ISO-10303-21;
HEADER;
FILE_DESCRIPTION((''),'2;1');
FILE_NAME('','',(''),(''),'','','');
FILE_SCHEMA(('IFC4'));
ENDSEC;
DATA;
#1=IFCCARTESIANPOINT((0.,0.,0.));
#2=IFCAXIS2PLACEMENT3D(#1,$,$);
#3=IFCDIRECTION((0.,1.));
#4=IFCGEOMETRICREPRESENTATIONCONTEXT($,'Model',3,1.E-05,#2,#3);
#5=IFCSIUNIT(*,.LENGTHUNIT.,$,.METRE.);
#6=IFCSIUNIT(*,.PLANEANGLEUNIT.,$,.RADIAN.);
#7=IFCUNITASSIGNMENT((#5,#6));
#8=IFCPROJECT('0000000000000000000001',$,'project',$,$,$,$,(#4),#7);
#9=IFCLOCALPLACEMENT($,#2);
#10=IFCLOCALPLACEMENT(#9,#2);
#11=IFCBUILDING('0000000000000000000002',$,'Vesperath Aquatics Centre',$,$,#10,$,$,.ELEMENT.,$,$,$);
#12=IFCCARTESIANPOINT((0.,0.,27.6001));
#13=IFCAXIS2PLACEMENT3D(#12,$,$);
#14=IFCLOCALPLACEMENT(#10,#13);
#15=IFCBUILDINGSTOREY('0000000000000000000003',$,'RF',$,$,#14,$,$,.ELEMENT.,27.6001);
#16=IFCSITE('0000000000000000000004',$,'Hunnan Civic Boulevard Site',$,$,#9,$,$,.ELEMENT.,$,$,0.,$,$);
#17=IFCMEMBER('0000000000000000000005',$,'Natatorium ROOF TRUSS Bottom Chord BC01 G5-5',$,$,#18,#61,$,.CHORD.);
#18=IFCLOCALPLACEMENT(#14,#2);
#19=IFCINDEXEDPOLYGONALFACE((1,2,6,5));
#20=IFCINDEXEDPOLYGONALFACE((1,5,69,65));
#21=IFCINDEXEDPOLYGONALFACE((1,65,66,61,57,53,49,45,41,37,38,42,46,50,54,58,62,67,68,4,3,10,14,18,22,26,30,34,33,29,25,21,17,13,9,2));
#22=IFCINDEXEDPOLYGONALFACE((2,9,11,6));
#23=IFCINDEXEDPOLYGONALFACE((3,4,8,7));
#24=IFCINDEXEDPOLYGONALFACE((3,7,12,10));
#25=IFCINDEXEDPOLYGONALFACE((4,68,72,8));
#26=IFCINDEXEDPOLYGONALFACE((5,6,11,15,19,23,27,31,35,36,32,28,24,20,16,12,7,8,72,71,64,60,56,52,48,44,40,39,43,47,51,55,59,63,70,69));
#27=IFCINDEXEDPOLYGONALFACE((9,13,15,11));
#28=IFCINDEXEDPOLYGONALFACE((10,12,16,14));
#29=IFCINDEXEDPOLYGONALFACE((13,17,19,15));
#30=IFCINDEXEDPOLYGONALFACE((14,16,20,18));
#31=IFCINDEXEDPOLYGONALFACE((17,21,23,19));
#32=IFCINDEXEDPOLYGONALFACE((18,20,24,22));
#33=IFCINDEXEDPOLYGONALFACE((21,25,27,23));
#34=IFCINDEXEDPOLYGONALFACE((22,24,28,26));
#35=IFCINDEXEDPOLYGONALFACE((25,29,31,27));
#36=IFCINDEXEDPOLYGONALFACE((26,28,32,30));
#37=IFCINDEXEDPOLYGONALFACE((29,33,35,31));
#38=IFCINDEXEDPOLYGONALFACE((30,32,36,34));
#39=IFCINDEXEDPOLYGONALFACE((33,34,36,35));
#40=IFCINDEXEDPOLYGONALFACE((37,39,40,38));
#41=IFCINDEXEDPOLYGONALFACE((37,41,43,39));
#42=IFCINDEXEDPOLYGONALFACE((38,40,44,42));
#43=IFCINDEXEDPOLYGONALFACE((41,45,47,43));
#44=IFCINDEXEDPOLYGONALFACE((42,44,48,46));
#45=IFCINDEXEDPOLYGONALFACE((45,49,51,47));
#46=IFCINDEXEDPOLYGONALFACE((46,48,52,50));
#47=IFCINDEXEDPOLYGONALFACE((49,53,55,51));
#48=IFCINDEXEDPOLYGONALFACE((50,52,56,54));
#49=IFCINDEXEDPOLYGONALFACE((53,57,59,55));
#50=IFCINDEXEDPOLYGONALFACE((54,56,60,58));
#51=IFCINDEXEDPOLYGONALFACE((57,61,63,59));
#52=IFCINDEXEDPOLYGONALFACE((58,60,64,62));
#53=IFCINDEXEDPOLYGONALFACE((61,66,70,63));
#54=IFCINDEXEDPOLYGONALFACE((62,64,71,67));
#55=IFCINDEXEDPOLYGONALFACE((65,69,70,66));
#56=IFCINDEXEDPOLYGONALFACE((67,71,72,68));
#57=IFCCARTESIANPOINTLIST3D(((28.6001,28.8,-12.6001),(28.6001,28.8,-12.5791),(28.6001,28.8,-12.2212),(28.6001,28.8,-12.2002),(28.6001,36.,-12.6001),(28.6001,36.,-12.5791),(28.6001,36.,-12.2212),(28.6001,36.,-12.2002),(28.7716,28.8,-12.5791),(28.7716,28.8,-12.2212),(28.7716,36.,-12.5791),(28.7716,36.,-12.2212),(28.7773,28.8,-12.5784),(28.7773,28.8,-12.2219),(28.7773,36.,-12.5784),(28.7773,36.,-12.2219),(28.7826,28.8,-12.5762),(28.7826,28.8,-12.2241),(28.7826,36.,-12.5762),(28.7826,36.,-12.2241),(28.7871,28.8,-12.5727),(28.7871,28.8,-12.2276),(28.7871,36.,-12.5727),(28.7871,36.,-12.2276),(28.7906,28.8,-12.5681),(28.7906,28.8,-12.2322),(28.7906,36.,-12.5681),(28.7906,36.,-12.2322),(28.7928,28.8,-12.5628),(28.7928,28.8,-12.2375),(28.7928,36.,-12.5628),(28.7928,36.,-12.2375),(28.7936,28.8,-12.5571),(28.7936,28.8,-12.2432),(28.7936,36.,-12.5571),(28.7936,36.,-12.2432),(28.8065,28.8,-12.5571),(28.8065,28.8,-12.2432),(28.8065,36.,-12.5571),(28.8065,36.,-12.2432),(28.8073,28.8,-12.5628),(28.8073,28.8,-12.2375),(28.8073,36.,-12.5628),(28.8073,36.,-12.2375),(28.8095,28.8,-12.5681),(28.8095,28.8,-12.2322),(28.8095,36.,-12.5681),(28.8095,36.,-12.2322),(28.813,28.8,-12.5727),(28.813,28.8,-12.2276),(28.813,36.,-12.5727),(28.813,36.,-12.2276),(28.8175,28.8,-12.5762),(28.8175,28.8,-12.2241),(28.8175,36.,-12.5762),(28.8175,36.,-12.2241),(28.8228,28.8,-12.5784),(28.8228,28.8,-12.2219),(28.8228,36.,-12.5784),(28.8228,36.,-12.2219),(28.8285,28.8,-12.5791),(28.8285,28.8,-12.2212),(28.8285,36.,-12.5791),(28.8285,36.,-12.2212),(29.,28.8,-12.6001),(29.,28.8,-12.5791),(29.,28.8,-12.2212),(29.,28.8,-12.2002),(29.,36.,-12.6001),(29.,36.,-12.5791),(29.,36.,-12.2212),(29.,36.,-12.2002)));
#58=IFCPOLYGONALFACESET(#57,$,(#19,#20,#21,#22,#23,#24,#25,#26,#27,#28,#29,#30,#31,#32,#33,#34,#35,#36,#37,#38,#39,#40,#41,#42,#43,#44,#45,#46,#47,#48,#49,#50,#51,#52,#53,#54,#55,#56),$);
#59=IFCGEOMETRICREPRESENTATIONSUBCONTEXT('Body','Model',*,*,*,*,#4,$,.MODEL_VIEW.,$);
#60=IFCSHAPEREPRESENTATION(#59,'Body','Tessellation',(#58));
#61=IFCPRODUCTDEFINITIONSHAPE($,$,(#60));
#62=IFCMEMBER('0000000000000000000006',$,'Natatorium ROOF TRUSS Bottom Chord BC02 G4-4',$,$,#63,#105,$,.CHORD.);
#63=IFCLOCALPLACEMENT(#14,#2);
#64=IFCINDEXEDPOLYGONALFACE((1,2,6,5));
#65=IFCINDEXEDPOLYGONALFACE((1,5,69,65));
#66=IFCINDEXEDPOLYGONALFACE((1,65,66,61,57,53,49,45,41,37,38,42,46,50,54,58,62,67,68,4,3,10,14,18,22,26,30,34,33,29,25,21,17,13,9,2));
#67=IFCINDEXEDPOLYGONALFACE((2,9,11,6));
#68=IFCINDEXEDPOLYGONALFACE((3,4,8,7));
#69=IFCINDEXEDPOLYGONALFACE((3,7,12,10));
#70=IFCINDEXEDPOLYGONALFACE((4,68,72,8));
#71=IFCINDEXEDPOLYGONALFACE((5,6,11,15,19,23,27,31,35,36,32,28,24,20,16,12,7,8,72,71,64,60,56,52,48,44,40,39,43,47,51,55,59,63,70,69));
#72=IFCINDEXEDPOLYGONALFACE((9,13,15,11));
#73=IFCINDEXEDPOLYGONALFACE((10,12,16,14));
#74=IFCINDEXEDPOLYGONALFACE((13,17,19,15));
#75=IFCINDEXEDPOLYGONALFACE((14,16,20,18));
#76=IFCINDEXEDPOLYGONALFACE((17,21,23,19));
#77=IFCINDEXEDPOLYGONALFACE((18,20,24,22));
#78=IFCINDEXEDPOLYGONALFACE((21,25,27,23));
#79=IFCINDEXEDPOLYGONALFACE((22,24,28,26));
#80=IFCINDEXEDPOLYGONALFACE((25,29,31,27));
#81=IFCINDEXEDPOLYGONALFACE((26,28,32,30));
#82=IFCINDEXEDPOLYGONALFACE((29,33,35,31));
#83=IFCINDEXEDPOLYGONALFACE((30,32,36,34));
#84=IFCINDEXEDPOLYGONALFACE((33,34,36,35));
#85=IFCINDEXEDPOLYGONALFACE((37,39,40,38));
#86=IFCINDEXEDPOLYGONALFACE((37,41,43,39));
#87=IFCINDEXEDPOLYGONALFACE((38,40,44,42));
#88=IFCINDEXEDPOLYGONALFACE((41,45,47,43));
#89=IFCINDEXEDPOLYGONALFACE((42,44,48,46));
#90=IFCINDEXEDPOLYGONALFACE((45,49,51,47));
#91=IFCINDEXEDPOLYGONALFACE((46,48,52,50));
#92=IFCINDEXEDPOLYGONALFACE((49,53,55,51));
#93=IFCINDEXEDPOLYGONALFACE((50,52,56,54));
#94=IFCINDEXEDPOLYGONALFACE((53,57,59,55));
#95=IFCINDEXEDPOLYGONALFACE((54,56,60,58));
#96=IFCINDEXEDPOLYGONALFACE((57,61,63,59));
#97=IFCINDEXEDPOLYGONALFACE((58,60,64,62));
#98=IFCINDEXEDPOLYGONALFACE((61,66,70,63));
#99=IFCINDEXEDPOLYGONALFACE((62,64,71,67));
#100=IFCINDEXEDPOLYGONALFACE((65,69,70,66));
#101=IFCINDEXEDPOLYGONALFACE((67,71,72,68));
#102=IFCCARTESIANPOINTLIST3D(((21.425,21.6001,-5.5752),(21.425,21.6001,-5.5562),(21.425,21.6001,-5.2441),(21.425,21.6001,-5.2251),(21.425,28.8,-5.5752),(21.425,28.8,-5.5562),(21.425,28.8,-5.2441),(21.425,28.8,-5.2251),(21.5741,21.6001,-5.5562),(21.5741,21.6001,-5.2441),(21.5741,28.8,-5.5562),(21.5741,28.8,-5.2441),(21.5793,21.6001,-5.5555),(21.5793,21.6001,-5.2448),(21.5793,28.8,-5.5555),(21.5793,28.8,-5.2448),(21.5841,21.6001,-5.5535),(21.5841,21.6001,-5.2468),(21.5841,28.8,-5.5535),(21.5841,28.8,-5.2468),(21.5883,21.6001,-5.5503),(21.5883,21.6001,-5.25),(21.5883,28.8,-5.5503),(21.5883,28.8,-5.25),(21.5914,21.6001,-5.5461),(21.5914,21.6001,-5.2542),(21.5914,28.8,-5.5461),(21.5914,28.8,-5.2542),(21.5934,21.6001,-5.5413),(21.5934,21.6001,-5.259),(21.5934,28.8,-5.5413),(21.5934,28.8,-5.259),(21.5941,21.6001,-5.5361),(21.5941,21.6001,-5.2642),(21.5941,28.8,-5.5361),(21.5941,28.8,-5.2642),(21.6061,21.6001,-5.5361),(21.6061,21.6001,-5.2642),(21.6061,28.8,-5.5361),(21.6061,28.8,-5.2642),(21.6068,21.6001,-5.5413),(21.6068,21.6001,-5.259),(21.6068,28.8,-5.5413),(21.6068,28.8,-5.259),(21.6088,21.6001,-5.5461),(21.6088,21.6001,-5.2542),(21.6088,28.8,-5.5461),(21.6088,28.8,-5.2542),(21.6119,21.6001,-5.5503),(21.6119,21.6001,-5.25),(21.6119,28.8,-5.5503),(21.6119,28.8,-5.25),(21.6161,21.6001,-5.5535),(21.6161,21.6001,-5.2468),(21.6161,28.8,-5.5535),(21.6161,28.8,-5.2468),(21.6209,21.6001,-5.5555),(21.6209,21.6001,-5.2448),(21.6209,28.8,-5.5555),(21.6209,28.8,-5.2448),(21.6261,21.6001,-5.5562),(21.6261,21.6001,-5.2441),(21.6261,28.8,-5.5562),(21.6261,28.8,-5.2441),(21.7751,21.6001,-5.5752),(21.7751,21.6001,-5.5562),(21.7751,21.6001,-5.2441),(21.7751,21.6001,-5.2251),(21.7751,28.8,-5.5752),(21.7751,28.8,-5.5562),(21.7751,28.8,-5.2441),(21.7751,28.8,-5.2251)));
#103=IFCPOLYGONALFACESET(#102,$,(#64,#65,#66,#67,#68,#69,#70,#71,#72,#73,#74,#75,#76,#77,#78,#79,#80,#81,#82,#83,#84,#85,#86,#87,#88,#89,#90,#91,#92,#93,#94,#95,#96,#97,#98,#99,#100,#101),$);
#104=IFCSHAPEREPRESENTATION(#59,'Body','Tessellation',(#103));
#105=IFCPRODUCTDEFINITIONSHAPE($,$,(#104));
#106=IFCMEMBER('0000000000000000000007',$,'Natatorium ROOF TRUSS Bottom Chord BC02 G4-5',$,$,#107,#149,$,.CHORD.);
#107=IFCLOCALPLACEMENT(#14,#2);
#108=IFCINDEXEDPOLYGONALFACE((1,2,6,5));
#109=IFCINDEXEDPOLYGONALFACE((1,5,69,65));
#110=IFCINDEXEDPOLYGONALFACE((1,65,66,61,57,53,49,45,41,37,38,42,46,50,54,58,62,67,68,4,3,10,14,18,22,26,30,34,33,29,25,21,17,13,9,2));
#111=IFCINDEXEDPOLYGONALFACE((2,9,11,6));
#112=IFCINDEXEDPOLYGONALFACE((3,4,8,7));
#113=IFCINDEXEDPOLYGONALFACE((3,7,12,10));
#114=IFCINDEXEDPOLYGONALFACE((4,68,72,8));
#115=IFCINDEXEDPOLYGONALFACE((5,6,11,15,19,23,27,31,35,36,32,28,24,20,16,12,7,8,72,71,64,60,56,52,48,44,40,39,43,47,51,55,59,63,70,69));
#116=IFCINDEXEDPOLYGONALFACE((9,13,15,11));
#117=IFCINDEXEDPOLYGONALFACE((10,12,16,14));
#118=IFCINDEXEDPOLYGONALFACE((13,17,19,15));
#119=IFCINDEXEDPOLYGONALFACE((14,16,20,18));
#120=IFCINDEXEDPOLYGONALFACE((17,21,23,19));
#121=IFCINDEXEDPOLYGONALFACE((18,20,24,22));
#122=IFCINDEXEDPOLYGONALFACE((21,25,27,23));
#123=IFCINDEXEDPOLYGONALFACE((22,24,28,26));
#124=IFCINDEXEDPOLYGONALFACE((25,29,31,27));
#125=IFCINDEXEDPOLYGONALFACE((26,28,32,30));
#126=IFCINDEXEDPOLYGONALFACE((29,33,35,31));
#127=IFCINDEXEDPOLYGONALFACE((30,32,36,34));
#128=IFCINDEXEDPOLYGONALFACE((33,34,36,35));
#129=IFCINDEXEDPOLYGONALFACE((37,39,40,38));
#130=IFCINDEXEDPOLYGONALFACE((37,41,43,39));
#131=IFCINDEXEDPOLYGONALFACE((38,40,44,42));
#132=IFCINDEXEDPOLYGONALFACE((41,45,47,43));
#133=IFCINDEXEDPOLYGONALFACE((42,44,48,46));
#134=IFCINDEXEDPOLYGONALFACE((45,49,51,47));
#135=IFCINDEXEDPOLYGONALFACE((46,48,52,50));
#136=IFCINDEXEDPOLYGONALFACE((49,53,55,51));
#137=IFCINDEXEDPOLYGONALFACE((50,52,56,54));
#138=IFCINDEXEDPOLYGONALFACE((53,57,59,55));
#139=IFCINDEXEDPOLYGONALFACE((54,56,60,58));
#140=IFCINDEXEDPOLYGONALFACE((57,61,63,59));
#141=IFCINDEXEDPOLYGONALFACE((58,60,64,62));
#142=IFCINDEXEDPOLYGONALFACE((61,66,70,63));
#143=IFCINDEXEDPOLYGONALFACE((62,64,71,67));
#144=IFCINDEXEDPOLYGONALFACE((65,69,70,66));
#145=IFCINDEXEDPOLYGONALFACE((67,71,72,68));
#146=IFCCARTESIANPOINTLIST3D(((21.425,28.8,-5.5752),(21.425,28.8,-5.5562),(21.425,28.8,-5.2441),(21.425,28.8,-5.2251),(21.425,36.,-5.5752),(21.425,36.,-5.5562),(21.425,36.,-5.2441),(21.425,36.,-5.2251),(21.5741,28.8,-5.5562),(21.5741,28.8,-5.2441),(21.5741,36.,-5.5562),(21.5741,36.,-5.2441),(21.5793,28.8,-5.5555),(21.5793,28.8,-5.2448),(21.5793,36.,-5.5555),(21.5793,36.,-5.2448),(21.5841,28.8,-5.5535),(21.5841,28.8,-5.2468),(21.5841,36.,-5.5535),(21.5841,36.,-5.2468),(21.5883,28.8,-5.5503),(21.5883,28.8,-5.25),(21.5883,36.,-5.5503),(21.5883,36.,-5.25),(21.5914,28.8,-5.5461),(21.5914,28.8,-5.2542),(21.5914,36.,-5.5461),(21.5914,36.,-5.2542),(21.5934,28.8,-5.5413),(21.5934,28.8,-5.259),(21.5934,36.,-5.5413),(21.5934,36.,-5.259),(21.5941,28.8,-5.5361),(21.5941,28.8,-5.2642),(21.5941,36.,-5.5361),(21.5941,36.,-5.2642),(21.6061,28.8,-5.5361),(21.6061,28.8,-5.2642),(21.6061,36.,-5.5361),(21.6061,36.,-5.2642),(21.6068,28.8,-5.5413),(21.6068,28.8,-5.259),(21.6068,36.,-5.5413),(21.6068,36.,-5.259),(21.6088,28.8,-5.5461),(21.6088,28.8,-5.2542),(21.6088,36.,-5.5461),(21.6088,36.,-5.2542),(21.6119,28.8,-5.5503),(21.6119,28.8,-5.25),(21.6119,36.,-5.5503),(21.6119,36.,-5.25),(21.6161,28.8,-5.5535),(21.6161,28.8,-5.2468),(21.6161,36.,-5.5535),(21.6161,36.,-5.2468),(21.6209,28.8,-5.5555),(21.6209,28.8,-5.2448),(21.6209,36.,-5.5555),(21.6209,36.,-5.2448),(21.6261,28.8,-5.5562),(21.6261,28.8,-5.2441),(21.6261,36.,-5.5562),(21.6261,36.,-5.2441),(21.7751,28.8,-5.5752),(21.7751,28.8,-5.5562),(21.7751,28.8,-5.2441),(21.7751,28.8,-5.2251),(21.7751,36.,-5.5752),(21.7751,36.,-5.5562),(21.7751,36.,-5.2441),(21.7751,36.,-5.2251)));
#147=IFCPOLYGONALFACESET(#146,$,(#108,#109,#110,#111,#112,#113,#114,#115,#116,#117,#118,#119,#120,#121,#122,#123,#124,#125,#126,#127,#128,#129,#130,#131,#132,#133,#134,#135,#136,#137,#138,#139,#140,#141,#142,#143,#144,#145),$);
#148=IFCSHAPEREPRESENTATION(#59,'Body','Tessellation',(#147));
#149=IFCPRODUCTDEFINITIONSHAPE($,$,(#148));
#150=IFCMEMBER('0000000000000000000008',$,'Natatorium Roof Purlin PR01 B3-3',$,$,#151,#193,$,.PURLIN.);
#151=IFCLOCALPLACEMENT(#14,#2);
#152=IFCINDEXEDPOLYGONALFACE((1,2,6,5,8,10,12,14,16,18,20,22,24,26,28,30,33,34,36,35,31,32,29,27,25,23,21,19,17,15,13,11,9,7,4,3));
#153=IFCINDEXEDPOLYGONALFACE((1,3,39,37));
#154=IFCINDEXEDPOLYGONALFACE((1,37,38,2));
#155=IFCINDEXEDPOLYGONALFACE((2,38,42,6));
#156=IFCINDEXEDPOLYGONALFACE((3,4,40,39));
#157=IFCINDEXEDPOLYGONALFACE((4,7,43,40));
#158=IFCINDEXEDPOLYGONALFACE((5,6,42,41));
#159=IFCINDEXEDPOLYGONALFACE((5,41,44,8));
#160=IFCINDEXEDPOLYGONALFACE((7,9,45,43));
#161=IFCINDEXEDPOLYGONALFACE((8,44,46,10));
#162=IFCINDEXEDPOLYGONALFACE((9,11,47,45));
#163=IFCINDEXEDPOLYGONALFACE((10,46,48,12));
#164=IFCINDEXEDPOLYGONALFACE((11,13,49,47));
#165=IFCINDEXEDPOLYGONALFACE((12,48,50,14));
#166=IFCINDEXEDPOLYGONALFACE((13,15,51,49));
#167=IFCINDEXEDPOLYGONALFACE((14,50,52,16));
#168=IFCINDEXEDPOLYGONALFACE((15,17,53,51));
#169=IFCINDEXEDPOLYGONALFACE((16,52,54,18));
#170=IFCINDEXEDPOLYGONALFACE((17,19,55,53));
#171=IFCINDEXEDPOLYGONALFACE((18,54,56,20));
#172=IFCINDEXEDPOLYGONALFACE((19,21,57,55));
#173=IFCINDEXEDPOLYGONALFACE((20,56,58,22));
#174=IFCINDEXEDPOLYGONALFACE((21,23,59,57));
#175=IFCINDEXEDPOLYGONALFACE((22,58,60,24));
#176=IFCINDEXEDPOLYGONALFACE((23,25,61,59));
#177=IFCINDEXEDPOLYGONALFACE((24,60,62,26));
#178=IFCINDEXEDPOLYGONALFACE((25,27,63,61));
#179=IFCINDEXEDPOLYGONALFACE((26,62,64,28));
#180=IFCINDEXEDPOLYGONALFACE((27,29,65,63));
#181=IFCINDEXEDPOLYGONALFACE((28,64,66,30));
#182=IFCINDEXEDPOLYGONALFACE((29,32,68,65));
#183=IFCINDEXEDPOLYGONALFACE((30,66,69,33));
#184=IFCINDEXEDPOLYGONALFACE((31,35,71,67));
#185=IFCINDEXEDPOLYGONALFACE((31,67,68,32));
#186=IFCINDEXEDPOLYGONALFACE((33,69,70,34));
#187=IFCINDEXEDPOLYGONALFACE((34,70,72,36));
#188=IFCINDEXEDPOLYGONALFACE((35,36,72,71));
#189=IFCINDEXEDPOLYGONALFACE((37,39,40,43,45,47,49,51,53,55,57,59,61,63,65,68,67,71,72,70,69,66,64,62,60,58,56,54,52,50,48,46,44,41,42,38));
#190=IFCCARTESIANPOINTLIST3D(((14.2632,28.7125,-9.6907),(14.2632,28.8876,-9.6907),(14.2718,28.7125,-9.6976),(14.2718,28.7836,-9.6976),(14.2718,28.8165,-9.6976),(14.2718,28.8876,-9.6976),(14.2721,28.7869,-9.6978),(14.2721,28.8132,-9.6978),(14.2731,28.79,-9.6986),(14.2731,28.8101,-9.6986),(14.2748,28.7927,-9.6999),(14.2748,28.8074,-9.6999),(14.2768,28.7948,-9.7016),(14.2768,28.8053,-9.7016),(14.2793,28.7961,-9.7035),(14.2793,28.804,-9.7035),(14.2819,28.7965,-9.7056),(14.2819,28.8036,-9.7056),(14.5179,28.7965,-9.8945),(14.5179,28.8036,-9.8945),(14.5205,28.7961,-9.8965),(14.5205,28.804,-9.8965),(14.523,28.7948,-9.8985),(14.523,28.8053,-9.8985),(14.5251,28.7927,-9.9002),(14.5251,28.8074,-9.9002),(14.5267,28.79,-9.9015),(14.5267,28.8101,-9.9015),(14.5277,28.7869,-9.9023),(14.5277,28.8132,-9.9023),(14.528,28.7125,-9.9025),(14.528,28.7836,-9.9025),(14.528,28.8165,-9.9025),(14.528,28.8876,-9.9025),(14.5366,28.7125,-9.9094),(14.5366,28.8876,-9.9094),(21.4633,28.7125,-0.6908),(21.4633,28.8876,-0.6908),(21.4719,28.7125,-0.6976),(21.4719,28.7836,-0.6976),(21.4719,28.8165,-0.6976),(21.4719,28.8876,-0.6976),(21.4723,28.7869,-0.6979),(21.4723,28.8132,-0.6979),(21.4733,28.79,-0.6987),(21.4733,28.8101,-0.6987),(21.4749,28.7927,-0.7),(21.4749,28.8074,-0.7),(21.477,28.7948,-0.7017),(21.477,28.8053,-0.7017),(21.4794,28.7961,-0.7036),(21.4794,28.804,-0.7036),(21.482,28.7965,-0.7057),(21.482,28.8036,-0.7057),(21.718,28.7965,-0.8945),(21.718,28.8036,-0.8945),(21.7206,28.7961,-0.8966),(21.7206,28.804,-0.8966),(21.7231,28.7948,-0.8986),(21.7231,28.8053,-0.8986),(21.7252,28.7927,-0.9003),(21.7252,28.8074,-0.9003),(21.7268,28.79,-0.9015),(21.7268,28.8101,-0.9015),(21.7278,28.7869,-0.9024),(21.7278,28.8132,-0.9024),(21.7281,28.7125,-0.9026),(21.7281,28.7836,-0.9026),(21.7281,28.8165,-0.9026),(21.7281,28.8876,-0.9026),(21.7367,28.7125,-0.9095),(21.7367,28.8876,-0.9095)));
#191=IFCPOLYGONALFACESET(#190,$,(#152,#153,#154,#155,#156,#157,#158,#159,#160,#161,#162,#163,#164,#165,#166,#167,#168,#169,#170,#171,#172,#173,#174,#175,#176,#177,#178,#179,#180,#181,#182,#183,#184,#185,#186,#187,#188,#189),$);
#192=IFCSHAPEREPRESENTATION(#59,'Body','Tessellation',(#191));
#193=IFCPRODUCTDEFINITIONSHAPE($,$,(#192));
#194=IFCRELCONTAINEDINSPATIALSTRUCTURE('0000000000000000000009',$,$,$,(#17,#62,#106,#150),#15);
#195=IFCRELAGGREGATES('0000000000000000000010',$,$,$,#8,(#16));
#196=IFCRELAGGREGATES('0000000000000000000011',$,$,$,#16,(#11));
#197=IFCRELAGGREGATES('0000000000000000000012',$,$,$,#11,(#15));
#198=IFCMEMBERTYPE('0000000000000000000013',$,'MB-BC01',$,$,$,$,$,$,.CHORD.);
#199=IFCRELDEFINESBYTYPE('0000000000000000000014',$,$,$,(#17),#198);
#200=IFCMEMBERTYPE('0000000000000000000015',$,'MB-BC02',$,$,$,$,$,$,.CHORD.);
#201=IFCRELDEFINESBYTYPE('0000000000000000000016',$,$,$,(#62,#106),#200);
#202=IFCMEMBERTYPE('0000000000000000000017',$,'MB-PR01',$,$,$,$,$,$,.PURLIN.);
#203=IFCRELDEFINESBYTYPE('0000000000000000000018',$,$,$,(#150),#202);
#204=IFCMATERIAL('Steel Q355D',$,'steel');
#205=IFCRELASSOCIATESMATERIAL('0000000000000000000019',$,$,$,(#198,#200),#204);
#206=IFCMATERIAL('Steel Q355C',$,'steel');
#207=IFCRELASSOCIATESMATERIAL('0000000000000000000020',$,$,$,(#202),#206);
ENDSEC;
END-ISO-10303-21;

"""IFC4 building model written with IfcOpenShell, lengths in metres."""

from ifc_helpers import new_model, si_unit, direction, frame, origin, origin_2d, place, context, subcontext, project, spatial, i_section, extrude, material, material_profile, profile_set, type_object, element, save


model = new_model("IFC4")

# Units and contexts
model_context = context("Model", 3, precision=1e-05, world=origin(), true_north=direction((0.0, 1.0)))
body_context = subcontext(model_context, "Body", "Model", "MODEL_VIEW")
ifc_project = project(units=[si_unit("LENGTHUNIT", "METRE"), si_unit("PLANEANGLEUNIT", "RADIAN")], contexts=[model_context])

# Site, building, storey
site_placement = place(None, origin())
site = spatial("IfcSite", under=ifc_project, at=site_placement, Name="Hunnan Civic Boulevard Site", CompositionType="ELEMENT", RefElevation=0.0)
building_placement = place(site_placement, origin())
building = spatial("IfcBuilding", under=site, at=building_placement, Name="Vesperath Aquatics Centre", CompositionType="ELEMENT")
storey_placement = place(building_placement, frame((0.0, 0.0, 27.6001)))
storey = spatial("IfcBuildingStorey", under=building, at=storey_placement, Name="RF", CompositionType="ELEMENT", Elevation=27.6001)

# Shared definitions
ifc_material_1 = material(Name="Steel Q355C", Category="steel")

# Members
ifc_material_2 = material(Name="Steel Q355D", Category="steel")
ifc_material_profile_1 = material_profile(ifc_material_2, i_section(OverallWidth=0.3999, OverallDepth=0.3999, WebThickness=0.0129, FlangeThickness=0.021, FilletRadius=0.022, at=origin_2d()), Name="HW 400x400x13x21")
ifc_profile_set_1 = profile_set([ifc_material_profile_1], Name="Steel Q355D")
member_type_1 = type_object("IfcMemberType", Name="MB-BC01", PredefinedType="CHORD", material=ifc_profile_set_1)
for number, where, z_axis, x_axis, name in (
    (1, (28.8, 28.8, -12.4001), (0.0, 1.0, 0.0), (-1.0, 0.0, 0.0), "Natatorium ROOF TRUSS Bottom Chord BC01 G5-5"),
):
    element("IfcMember", number, at=place(storey_placement, frame(where, z_axis=z_axis, x_axis=x_axis)), inside=storey, type_object=member_type_1, Name=name, PredefinedType="CHORD", context=body_context, shape_type="SweptSolid", body=[
        extrude(i_section(OverallWidth=0.3999, OverallDepth=0.3999, WebThickness=0.0129, FlangeThickness=0.021, FilletRadius=0.022, at=origin_2d()), origin(), (0.0, 0.0, 1.0), 7.2),
    ])
ifc_material_profile_2 = material_profile(ifc_material_2, i_section(OverallWidth=0.3501, OverallDepth=0.3501, WebThickness=0.012, FlangeThickness=0.019, FilletRadius=0.02, at=origin_2d()), Name="HW 350x350x12x19")
ifc_profile_set_2 = profile_set([ifc_material_profile_2], Name="Steel Q355D")
member_type_2 = type_object("IfcMemberType", Name="MB-BC02", PredefinedType="CHORD", material=ifc_profile_set_2)
for number, where, z_axis, x_axis, name in (
    (2, (21.6001, 21.6001, -5.4001), (0.0, 1.0, 0.0), (-1.0, 0.0, 0.0), "Natatorium ROOF TRUSS Bottom Chord BC02 G4-4"),
    (3, (21.6001, 28.8, -5.4001), (0.0, 1.0, 0.0), (-1.0, 0.0, 0.0), "Natatorium ROOF TRUSS Bottom Chord BC02 G4-5"),
):
    element("IfcMember", number, at=place(storey_placement, frame(where, z_axis=z_axis, x_axis=x_axis)), inside=storey, type_object=member_type_2, Name=name, PredefinedType="CHORD", context=body_context, shape_type="SweptSolid", body=[
        extrude(i_section(OverallWidth=0.3501, OverallDepth=0.3501, WebThickness=0.012, FlangeThickness=0.019, FilletRadius=0.02, at=origin_2d()), origin(), (0.0, 0.0, 1.0), 7.2),
    ])
ifc_material_profile_3 = material_profile(ifc_material_1, i_section(OverallWidth=0.175, OverallDepth=0.3501, WebThickness=0.0071, FlangeThickness=0.011, FilletRadius=0.0129, at=origin_2d()), Name="HN 350x175x7x11")
ifc_profile_set_3 = profile_set([ifc_material_profile_3], Name="Steel Q355C")
member_type_3 = type_object("IfcMemberType", Name="MB-PR01", PredefinedType="PURLIN", material=ifc_profile_set_3)
for number, where, z_axis, x_axis, name in (
    (4, (14.3999, 28.8, -9.8), (0.624705, 0.0, 0.780861), (0.0, 1.0, 0.0), "Natatorium Roof Purlin PR01 B3-3"),
):
    element("IfcMember", number, at=place(storey_placement, frame(where, z_axis=z_axis, x_axis=x_axis)), inside=storey, type_object=member_type_3, Name=name, PredefinedType="PURLIN", context=body_context, shape_type="SweptSolid", body=[
        extrude(i_section(OverallWidth=0.175, OverallDepth=0.3501, WebThickness=0.0071, FlangeThickness=0.011, FilletRadius=0.0129, at=origin_2d()), origin(), (0.0, 0.0, 1.0), 11.5256),
    ])

save(model, "model.ifc")
